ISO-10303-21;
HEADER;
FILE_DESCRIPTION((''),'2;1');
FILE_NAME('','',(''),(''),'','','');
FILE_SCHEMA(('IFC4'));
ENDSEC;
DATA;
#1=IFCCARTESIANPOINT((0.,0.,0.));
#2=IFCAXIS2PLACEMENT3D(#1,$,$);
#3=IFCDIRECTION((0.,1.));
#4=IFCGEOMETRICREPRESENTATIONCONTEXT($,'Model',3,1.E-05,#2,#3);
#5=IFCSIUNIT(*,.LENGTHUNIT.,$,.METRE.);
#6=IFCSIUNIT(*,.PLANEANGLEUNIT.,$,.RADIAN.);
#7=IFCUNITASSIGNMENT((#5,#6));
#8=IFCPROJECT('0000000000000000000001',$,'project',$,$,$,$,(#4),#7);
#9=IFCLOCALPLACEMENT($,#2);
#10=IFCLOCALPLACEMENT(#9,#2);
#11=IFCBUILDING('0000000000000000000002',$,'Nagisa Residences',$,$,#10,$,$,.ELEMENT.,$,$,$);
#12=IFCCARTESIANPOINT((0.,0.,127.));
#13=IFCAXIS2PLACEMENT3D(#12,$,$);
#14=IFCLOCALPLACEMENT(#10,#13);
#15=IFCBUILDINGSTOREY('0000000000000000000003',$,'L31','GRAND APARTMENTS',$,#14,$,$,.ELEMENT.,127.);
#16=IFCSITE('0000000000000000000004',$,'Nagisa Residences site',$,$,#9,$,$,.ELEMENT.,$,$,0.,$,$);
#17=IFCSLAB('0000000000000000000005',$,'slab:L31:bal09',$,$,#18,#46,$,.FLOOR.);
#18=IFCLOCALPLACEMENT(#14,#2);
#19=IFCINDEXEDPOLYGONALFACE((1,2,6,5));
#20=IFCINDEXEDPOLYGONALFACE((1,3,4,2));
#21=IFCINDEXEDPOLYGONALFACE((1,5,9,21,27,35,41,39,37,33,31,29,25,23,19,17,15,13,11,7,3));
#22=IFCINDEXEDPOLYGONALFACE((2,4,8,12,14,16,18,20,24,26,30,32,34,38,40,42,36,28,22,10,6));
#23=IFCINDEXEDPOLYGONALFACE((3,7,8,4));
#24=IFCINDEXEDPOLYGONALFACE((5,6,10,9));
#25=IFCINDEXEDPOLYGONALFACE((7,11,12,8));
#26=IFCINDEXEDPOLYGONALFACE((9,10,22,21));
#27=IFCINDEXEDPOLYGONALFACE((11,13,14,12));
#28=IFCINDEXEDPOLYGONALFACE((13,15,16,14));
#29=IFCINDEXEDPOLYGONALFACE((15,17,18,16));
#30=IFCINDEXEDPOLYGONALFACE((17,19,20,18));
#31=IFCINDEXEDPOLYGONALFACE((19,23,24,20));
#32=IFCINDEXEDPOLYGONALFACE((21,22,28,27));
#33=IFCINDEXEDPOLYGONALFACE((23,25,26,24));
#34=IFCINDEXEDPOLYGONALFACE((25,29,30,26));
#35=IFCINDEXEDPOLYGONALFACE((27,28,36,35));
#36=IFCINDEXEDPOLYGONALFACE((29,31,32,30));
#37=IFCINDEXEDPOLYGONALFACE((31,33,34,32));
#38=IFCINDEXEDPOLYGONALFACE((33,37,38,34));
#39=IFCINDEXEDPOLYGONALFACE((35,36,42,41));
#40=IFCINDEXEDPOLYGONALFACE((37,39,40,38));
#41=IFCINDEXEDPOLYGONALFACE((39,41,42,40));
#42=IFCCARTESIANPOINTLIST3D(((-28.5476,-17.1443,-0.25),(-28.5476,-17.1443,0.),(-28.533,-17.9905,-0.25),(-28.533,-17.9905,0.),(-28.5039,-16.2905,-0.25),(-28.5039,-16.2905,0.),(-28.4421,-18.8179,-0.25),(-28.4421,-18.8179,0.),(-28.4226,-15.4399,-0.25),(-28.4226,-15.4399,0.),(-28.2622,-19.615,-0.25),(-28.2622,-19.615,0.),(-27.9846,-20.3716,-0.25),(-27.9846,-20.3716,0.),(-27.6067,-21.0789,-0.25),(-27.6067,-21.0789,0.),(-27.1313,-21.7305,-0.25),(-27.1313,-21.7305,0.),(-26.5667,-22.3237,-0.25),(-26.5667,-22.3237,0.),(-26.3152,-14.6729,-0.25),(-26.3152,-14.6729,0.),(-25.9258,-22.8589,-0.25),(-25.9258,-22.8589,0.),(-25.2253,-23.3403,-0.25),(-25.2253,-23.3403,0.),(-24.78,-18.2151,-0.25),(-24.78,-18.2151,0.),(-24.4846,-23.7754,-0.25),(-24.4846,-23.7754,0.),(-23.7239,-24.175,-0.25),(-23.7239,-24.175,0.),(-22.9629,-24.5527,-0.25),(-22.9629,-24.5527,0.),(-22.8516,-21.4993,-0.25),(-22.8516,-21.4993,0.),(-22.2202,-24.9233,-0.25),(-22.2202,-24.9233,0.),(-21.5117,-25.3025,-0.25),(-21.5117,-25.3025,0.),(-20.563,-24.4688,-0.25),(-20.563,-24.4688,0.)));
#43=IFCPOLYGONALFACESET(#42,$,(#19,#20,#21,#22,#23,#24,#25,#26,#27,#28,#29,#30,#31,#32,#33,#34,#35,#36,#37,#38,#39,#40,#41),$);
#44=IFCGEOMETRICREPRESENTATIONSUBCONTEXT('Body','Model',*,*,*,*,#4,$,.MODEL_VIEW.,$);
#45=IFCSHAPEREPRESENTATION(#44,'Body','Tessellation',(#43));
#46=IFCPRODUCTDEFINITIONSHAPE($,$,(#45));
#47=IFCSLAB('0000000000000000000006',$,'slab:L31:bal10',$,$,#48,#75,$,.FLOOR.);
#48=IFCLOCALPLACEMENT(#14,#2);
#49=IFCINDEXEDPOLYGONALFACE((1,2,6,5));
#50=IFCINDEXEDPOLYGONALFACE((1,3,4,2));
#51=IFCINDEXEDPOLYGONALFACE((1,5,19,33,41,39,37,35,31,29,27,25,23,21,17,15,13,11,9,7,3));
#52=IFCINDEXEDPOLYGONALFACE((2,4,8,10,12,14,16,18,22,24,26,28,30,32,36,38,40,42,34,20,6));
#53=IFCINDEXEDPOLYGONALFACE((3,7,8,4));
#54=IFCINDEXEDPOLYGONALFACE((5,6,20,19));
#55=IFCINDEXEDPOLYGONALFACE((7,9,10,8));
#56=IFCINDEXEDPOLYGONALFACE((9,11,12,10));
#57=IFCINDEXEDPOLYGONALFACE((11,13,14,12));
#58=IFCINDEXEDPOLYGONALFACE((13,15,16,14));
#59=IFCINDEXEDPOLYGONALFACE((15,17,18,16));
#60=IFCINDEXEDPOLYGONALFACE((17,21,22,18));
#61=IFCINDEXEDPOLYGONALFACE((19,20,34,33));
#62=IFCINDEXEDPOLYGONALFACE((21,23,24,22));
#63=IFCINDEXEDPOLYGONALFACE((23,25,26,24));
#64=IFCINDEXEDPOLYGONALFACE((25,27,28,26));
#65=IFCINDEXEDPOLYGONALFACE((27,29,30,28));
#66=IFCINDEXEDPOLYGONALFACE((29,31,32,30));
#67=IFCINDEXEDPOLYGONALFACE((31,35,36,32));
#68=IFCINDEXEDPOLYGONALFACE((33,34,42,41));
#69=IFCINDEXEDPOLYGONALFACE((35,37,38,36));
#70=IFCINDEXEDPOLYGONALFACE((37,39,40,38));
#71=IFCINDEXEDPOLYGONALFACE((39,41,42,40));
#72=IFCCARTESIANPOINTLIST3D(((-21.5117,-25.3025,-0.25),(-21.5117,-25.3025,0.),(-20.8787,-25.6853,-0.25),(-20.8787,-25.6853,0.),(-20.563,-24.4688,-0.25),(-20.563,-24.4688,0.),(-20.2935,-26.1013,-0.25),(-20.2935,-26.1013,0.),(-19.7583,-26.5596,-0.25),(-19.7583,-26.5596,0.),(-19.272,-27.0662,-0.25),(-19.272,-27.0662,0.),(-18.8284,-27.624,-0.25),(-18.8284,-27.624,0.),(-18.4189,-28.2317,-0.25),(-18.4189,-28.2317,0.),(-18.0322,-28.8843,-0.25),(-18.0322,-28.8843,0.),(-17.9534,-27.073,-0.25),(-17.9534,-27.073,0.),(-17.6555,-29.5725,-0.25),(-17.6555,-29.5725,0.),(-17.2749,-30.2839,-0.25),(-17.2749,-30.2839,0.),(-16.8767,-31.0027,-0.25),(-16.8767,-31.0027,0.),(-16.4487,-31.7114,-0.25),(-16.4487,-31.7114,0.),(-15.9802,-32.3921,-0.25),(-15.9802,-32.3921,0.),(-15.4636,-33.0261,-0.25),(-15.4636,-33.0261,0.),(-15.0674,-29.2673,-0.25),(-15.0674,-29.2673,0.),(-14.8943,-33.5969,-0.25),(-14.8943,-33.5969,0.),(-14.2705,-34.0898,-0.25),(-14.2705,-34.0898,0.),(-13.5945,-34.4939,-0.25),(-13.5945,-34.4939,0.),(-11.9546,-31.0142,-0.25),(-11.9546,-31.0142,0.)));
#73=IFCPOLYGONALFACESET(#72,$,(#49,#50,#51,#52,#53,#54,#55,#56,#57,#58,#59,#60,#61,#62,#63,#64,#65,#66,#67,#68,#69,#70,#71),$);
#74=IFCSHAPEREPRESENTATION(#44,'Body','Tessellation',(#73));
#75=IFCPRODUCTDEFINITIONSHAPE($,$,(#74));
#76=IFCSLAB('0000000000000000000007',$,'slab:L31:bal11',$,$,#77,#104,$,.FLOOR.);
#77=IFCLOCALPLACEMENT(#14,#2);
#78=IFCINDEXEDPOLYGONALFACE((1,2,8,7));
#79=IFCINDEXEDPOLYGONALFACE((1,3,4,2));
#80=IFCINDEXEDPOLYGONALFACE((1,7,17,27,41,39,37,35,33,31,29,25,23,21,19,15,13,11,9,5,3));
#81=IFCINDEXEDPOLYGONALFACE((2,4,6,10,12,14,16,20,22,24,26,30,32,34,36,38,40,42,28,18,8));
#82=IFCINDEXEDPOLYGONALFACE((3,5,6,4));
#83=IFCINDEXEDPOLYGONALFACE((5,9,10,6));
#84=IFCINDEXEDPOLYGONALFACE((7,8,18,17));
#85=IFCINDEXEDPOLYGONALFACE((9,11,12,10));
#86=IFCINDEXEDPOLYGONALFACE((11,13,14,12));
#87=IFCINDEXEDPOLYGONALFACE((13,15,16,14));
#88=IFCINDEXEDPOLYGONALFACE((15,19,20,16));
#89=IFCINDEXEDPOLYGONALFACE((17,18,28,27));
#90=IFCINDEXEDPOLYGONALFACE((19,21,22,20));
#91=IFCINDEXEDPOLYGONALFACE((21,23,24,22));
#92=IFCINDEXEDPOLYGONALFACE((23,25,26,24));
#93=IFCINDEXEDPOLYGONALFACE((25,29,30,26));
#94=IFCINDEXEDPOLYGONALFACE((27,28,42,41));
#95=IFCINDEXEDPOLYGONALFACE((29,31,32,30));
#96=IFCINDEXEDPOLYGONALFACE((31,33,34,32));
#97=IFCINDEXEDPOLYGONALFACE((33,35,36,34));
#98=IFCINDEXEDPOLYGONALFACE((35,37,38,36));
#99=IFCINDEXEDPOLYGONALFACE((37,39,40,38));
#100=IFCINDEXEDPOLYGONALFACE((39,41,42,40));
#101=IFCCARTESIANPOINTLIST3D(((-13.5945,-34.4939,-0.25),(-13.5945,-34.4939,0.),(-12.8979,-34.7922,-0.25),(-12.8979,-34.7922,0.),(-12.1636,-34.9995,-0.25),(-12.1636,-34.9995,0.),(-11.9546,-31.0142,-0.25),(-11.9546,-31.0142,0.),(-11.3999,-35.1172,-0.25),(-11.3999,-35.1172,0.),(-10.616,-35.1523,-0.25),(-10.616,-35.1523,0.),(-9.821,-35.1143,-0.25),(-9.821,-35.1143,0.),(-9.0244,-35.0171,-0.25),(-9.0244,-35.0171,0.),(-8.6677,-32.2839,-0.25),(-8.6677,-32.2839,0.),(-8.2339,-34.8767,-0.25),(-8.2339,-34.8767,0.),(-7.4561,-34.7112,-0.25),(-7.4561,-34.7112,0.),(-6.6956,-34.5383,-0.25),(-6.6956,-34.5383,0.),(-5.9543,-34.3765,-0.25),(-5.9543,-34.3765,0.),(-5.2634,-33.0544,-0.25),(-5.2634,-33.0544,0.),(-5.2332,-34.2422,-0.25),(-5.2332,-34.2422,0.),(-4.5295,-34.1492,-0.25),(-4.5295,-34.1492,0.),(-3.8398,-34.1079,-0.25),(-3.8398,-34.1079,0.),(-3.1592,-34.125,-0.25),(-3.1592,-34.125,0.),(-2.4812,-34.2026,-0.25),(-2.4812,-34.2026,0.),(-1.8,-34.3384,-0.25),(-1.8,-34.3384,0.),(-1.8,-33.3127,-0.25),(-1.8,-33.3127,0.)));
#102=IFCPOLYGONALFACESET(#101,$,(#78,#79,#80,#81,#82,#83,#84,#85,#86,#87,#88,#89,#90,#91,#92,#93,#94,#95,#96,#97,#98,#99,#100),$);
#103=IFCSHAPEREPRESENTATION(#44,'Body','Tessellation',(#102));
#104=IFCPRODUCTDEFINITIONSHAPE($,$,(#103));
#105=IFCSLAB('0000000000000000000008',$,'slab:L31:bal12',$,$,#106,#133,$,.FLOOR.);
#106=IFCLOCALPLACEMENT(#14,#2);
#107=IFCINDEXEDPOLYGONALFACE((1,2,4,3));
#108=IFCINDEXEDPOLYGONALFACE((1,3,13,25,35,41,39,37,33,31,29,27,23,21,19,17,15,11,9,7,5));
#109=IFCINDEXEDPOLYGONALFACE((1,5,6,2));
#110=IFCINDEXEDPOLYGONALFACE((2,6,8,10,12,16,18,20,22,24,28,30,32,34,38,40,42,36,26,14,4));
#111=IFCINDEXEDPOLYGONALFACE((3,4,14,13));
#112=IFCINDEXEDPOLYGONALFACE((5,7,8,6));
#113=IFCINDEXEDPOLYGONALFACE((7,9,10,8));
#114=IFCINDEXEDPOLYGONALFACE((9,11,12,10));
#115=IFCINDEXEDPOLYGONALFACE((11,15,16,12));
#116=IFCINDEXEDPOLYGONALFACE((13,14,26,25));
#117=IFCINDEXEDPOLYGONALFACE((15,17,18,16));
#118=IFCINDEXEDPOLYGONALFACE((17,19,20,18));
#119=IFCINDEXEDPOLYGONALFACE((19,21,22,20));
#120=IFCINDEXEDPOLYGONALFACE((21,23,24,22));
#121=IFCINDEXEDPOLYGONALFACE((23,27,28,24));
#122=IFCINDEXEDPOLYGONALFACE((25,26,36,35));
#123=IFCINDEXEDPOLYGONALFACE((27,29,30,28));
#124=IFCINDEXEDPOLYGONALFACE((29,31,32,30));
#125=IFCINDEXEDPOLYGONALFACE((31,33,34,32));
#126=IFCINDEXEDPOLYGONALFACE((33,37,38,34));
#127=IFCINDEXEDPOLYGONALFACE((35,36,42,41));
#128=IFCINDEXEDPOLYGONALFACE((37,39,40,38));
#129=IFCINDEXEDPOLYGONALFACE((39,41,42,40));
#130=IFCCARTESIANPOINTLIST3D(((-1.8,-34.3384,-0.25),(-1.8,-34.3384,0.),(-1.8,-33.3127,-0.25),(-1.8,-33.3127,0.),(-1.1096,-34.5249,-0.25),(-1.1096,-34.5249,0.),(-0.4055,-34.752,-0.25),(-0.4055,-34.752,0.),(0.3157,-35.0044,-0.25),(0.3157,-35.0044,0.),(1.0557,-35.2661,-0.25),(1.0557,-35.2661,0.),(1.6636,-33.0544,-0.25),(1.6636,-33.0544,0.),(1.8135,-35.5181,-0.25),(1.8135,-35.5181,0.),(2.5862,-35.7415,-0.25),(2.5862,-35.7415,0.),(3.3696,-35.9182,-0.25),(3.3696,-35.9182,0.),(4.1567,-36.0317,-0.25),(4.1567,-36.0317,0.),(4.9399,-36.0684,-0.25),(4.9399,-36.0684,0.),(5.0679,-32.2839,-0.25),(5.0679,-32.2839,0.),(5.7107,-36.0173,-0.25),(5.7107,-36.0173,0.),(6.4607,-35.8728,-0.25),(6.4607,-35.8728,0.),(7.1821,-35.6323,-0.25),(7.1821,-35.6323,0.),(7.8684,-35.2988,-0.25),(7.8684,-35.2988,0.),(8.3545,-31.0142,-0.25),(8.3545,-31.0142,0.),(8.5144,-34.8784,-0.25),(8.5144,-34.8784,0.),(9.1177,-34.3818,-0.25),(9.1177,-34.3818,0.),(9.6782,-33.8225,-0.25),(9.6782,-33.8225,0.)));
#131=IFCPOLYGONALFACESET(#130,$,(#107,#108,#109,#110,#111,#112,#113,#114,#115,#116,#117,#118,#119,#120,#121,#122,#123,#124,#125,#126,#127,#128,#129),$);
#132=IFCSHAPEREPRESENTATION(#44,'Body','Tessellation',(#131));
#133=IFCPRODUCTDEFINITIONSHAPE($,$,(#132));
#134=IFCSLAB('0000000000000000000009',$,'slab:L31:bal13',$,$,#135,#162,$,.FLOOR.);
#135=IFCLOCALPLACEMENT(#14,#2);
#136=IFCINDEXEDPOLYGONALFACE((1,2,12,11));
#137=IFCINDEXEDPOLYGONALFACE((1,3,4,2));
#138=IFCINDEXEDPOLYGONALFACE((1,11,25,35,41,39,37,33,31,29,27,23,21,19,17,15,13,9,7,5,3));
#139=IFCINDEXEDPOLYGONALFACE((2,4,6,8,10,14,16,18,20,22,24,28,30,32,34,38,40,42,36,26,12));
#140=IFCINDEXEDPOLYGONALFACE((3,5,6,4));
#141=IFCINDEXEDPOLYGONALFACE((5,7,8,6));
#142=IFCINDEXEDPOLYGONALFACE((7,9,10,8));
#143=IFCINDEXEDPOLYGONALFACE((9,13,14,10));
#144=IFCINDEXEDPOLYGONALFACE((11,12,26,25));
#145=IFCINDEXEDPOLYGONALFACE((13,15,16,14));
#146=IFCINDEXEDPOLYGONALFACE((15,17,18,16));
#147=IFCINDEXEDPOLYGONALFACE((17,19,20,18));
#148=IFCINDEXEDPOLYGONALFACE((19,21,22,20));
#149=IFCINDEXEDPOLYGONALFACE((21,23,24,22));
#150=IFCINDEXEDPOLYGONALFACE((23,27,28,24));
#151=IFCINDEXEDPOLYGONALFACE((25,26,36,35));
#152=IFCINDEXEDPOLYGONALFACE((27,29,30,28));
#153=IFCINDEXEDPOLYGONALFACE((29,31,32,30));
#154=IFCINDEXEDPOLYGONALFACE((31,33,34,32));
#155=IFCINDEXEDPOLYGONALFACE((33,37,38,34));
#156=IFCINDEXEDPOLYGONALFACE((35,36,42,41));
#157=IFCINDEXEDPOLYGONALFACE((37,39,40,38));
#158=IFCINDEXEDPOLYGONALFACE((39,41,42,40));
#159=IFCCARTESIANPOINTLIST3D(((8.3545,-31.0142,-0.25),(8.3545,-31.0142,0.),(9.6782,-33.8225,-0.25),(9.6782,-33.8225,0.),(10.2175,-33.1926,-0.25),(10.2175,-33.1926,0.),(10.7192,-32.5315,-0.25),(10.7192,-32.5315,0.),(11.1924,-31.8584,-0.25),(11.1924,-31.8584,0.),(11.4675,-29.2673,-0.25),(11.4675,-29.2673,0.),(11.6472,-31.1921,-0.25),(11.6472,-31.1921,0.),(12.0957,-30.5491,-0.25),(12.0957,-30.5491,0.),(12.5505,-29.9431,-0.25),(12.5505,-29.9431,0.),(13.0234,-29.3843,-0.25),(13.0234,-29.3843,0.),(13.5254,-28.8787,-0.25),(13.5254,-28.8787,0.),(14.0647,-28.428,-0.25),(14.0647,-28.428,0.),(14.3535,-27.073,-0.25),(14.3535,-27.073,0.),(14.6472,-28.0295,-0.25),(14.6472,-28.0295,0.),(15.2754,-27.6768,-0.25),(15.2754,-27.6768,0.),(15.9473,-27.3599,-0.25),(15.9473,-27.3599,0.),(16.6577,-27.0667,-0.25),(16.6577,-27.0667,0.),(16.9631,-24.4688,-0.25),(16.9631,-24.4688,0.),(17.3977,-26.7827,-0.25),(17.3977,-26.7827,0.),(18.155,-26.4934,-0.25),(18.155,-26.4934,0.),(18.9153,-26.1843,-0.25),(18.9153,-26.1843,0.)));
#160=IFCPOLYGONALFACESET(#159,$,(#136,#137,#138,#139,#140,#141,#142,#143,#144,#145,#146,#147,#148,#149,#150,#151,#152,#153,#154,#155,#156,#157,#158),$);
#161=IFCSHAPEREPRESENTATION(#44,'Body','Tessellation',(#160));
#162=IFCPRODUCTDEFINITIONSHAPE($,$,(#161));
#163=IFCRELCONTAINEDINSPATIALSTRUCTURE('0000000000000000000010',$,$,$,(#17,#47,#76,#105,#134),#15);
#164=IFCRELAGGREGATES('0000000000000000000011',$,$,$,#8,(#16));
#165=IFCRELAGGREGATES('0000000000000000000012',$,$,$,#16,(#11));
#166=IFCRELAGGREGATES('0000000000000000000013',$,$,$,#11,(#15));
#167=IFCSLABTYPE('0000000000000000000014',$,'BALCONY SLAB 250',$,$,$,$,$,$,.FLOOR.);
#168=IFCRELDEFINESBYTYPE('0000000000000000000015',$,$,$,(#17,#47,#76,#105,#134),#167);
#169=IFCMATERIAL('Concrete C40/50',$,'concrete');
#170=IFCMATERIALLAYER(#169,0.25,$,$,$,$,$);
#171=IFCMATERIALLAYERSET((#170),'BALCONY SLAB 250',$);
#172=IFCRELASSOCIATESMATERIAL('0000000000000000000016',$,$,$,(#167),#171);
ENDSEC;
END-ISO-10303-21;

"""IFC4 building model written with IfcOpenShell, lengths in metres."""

from ifc_helpers import new_model, si_unit, direction, frame, origin, place, context, subcontext, project, spatial, polyline, outline, extrude, material, layer, layer_set, type_object, element, save


model = new_model("IFC4")

# Units and contexts
model_context = context("Model", 3, precision=1e-05, world=origin(), true_north=direction((0.0, 1.0)))
body_context = subcontext(model_context, "Body", "Model", "MODEL_VIEW")
ifc_project = project(units=[si_unit("LENGTHUNIT", "METRE"), si_unit("PLANEANGLEUNIT", "RADIAN")], contexts=[model_context])

# Site, building, storey
site_placement = place(None, origin())
site = spatial("IfcSite", under=ifc_project, at=site_placement, Name="Nagisa Residences site", CompositionType="ELEMENT", RefElevation=0.0)
building_placement = place(site_placement, origin())
building = spatial("IfcBuilding", under=site, at=building_placement, Name="Nagisa Residences", CompositionType="ELEMENT")
storey_placement = place(building_placement, frame((0.0, 0.0, 127.0)))
storey = spatial("IfcBuildingStorey", under=building, at=storey_placement, Name="L31", Description="GRAND APARTMENTS", CompositionType="ELEMENT", Elevation=127.0)

# Slabs
ifc_material_1 = material(Name="Concrete C40/50", Category="concrete")
ifc_layer_1 = layer(ifc_material_1, 0.25)
ifc_layer_set_1 = layer_set([ifc_layer_1], Name="BALCONY SLAB 250")
slab_type = type_object("IfcSlabType", Name="BALCONY SLAB 250", PredefinedType="FLOOR", material=ifc_layer_set_1)
slab_1_placement = place(storey_placement, frame((0.0, 0.0, -0.25)))
element("IfcSlab", 1, at=slab_1_placement, inside=storey, type_object=slab_type, Name="slab:L31:bal09", PredefinedType="FLOOR", context=body_context, shape_type="SweptSolid", body=[
    extrude(outline(polyline([(-28.4226, -15.4399), (-28.5039, -16.2905), (-28.5476, -17.1443), (-28.533, -17.9905), (-28.4421, -18.8179), (-28.2622, -19.615), (-27.9846, -20.3716), (-27.6067, -21.0789), (-27.1313, -21.7305), (-26.5667, -22.3237), (-25.9258, -22.8589), (-25.2253, -23.3403), (-24.4846, -23.7754), (-23.7239, -24.175), (-22.9629, -24.5527), (-22.2202, -24.9233), (-21.5117, -25.3025), (-20.563, -24.4688), (-22.8516, -21.4993), (-24.78, -18.2151), (-26.3152, -14.6729), (-28.4226, -15.4399)])), origin(), (0.0, 0.0, 1.0), 0.25),
])
slab_2_placement = place(storey_placement, frame((0.0, 0.0, -0.25)))
element("IfcSlab", 2, at=slab_2_placement, inside=storey, type_object=slab_type, Name="slab:L31:bal10", PredefinedType="FLOOR", context=body_context, shape_type="SweptSolid", body=[
    extrude(outline(polyline([(-21.5117, -25.3025), (-20.8787, -25.6853), (-20.2935, -26.1013), (-19.7583, -26.5596), (-19.272, -27.0662), (-18.8284, -27.624), (-18.4189, -28.2317), (-18.0322, -28.8843), (-17.6555, -29.5725), (-17.2749, -30.2839), (-16.8767, -31.0027), (-16.4487, -31.7114), (-15.9802, -32.3921), (-15.4636, -33.0261), (-14.8943, -33.5969), (-14.2705, -34.0898), (-13.5945, -34.4939), (-11.9546, -31.0142), (-15.0674, -29.2673), (-17.9534, -27.073), (-20.563, -24.4688), (-21.5117, -25.3025)])), origin(), (0.0, 0.0, 1.0), 0.25),
])
slab_3_placement = place(storey_placement, frame((0.0, 0.0, -0.25)))
element("IfcSlab", 3, at=slab_3_placement, inside=storey, type_object=slab_type, Name="slab:L31:bal11", PredefinedType="FLOOR", context=body_context, shape_type="SweptSolid", body=[
    extrude(outline(polyline([(-13.5945, -34.4939), (-12.8979, -34.7922), (-12.1636, -34.9995), (-11.3999, -35.1172), (-10.616, -35.1523), (-9.821, -35.1143), (-9.0244, -35.0171), (-8.2339, -34.8767), (-7.4561, -34.7112), (-6.6956, -34.5383), (-5.9543, -34.3765), (-5.2332, -34.2422), (-4.5295, -34.1492), (-3.8398, -34.1079), (-3.1592, -34.125), (-2.4812, -34.2026), (-1.8, -34.3384), (-1.8, -33.3127), (-5.2634, -33.0544), (-8.6677, -32.2839), (-11.9546, -31.0142), (-13.5945, -34.4939)])), origin(), (0.0, 0.0, 1.0), 0.25),
])
slab_4_placement = place(storey_placement, frame((0.0, 0.0, -0.25)))
element("IfcSlab", 4, at=slab_4_placement, inside=storey, type_object=slab_type, Name="slab:L31:bal12", PredefinedType="FLOOR", context=body_context, shape_type="SweptSolid", body=[
    extrude(outline(polyline([(-1.8, -34.3384), (-1.1096, -34.5249), (-0.4055, -34.752), (0.3157, -35.0044), (1.0557, -35.2661), (1.8135, -35.5181), (2.5862, -35.7415), (3.3696, -35.9182), (4.1567, -36.0317), (4.9399, -36.0684), (5.7107, -36.0173), (6.4607, -35.8728), (7.1821, -35.6323), (7.8684, -35.2988), (8.5144, -34.8784), (9.1177, -34.3818), (9.6782, -33.8225), (8.3545, -31.0142), (5.0679, -32.2839), (1.6636, -33.0544), (-1.8, -33.3127), (-1.8, -34.3384)])), origin(), (0.0, 0.0, 1.0), 0.25),
])
slab_5_placement = place(storey_placement, frame((0.0, 0.0, -0.25)))
element("IfcSlab", 5, at=slab_5_placement, inside=storey, type_object=slab_type, Name="slab:L31:bal13", PredefinedType="FLOOR", context=body_context, shape_type="SweptSolid", body=[
    extrude(outline(polyline([(9.6782, -33.8225), (10.2175, -33.1926), (10.7192, -32.5315), (11.1924, -31.8584), (11.6472, -31.1921), (12.0957, -30.5491), (12.5505, -29.9431), (13.0234, -29.3843), (13.5254, -28.8787), (14.0647, -28.428), (14.6472, -28.0295), (15.2754, -27.6768), (15.9473, -27.3599), (16.6577, -27.0667), (17.3977, -26.7827), (18.155, -26.4934), (18.9153, -26.1843), (16.9631, -24.4688), (14.3535, -27.073), (11.4675, -29.2673), (8.3545, -31.0142), (9.6782, -33.8225)])), origin(), (0.0, 0.0, 1.0), 0.25),
])

save(model, "model.ifc")
